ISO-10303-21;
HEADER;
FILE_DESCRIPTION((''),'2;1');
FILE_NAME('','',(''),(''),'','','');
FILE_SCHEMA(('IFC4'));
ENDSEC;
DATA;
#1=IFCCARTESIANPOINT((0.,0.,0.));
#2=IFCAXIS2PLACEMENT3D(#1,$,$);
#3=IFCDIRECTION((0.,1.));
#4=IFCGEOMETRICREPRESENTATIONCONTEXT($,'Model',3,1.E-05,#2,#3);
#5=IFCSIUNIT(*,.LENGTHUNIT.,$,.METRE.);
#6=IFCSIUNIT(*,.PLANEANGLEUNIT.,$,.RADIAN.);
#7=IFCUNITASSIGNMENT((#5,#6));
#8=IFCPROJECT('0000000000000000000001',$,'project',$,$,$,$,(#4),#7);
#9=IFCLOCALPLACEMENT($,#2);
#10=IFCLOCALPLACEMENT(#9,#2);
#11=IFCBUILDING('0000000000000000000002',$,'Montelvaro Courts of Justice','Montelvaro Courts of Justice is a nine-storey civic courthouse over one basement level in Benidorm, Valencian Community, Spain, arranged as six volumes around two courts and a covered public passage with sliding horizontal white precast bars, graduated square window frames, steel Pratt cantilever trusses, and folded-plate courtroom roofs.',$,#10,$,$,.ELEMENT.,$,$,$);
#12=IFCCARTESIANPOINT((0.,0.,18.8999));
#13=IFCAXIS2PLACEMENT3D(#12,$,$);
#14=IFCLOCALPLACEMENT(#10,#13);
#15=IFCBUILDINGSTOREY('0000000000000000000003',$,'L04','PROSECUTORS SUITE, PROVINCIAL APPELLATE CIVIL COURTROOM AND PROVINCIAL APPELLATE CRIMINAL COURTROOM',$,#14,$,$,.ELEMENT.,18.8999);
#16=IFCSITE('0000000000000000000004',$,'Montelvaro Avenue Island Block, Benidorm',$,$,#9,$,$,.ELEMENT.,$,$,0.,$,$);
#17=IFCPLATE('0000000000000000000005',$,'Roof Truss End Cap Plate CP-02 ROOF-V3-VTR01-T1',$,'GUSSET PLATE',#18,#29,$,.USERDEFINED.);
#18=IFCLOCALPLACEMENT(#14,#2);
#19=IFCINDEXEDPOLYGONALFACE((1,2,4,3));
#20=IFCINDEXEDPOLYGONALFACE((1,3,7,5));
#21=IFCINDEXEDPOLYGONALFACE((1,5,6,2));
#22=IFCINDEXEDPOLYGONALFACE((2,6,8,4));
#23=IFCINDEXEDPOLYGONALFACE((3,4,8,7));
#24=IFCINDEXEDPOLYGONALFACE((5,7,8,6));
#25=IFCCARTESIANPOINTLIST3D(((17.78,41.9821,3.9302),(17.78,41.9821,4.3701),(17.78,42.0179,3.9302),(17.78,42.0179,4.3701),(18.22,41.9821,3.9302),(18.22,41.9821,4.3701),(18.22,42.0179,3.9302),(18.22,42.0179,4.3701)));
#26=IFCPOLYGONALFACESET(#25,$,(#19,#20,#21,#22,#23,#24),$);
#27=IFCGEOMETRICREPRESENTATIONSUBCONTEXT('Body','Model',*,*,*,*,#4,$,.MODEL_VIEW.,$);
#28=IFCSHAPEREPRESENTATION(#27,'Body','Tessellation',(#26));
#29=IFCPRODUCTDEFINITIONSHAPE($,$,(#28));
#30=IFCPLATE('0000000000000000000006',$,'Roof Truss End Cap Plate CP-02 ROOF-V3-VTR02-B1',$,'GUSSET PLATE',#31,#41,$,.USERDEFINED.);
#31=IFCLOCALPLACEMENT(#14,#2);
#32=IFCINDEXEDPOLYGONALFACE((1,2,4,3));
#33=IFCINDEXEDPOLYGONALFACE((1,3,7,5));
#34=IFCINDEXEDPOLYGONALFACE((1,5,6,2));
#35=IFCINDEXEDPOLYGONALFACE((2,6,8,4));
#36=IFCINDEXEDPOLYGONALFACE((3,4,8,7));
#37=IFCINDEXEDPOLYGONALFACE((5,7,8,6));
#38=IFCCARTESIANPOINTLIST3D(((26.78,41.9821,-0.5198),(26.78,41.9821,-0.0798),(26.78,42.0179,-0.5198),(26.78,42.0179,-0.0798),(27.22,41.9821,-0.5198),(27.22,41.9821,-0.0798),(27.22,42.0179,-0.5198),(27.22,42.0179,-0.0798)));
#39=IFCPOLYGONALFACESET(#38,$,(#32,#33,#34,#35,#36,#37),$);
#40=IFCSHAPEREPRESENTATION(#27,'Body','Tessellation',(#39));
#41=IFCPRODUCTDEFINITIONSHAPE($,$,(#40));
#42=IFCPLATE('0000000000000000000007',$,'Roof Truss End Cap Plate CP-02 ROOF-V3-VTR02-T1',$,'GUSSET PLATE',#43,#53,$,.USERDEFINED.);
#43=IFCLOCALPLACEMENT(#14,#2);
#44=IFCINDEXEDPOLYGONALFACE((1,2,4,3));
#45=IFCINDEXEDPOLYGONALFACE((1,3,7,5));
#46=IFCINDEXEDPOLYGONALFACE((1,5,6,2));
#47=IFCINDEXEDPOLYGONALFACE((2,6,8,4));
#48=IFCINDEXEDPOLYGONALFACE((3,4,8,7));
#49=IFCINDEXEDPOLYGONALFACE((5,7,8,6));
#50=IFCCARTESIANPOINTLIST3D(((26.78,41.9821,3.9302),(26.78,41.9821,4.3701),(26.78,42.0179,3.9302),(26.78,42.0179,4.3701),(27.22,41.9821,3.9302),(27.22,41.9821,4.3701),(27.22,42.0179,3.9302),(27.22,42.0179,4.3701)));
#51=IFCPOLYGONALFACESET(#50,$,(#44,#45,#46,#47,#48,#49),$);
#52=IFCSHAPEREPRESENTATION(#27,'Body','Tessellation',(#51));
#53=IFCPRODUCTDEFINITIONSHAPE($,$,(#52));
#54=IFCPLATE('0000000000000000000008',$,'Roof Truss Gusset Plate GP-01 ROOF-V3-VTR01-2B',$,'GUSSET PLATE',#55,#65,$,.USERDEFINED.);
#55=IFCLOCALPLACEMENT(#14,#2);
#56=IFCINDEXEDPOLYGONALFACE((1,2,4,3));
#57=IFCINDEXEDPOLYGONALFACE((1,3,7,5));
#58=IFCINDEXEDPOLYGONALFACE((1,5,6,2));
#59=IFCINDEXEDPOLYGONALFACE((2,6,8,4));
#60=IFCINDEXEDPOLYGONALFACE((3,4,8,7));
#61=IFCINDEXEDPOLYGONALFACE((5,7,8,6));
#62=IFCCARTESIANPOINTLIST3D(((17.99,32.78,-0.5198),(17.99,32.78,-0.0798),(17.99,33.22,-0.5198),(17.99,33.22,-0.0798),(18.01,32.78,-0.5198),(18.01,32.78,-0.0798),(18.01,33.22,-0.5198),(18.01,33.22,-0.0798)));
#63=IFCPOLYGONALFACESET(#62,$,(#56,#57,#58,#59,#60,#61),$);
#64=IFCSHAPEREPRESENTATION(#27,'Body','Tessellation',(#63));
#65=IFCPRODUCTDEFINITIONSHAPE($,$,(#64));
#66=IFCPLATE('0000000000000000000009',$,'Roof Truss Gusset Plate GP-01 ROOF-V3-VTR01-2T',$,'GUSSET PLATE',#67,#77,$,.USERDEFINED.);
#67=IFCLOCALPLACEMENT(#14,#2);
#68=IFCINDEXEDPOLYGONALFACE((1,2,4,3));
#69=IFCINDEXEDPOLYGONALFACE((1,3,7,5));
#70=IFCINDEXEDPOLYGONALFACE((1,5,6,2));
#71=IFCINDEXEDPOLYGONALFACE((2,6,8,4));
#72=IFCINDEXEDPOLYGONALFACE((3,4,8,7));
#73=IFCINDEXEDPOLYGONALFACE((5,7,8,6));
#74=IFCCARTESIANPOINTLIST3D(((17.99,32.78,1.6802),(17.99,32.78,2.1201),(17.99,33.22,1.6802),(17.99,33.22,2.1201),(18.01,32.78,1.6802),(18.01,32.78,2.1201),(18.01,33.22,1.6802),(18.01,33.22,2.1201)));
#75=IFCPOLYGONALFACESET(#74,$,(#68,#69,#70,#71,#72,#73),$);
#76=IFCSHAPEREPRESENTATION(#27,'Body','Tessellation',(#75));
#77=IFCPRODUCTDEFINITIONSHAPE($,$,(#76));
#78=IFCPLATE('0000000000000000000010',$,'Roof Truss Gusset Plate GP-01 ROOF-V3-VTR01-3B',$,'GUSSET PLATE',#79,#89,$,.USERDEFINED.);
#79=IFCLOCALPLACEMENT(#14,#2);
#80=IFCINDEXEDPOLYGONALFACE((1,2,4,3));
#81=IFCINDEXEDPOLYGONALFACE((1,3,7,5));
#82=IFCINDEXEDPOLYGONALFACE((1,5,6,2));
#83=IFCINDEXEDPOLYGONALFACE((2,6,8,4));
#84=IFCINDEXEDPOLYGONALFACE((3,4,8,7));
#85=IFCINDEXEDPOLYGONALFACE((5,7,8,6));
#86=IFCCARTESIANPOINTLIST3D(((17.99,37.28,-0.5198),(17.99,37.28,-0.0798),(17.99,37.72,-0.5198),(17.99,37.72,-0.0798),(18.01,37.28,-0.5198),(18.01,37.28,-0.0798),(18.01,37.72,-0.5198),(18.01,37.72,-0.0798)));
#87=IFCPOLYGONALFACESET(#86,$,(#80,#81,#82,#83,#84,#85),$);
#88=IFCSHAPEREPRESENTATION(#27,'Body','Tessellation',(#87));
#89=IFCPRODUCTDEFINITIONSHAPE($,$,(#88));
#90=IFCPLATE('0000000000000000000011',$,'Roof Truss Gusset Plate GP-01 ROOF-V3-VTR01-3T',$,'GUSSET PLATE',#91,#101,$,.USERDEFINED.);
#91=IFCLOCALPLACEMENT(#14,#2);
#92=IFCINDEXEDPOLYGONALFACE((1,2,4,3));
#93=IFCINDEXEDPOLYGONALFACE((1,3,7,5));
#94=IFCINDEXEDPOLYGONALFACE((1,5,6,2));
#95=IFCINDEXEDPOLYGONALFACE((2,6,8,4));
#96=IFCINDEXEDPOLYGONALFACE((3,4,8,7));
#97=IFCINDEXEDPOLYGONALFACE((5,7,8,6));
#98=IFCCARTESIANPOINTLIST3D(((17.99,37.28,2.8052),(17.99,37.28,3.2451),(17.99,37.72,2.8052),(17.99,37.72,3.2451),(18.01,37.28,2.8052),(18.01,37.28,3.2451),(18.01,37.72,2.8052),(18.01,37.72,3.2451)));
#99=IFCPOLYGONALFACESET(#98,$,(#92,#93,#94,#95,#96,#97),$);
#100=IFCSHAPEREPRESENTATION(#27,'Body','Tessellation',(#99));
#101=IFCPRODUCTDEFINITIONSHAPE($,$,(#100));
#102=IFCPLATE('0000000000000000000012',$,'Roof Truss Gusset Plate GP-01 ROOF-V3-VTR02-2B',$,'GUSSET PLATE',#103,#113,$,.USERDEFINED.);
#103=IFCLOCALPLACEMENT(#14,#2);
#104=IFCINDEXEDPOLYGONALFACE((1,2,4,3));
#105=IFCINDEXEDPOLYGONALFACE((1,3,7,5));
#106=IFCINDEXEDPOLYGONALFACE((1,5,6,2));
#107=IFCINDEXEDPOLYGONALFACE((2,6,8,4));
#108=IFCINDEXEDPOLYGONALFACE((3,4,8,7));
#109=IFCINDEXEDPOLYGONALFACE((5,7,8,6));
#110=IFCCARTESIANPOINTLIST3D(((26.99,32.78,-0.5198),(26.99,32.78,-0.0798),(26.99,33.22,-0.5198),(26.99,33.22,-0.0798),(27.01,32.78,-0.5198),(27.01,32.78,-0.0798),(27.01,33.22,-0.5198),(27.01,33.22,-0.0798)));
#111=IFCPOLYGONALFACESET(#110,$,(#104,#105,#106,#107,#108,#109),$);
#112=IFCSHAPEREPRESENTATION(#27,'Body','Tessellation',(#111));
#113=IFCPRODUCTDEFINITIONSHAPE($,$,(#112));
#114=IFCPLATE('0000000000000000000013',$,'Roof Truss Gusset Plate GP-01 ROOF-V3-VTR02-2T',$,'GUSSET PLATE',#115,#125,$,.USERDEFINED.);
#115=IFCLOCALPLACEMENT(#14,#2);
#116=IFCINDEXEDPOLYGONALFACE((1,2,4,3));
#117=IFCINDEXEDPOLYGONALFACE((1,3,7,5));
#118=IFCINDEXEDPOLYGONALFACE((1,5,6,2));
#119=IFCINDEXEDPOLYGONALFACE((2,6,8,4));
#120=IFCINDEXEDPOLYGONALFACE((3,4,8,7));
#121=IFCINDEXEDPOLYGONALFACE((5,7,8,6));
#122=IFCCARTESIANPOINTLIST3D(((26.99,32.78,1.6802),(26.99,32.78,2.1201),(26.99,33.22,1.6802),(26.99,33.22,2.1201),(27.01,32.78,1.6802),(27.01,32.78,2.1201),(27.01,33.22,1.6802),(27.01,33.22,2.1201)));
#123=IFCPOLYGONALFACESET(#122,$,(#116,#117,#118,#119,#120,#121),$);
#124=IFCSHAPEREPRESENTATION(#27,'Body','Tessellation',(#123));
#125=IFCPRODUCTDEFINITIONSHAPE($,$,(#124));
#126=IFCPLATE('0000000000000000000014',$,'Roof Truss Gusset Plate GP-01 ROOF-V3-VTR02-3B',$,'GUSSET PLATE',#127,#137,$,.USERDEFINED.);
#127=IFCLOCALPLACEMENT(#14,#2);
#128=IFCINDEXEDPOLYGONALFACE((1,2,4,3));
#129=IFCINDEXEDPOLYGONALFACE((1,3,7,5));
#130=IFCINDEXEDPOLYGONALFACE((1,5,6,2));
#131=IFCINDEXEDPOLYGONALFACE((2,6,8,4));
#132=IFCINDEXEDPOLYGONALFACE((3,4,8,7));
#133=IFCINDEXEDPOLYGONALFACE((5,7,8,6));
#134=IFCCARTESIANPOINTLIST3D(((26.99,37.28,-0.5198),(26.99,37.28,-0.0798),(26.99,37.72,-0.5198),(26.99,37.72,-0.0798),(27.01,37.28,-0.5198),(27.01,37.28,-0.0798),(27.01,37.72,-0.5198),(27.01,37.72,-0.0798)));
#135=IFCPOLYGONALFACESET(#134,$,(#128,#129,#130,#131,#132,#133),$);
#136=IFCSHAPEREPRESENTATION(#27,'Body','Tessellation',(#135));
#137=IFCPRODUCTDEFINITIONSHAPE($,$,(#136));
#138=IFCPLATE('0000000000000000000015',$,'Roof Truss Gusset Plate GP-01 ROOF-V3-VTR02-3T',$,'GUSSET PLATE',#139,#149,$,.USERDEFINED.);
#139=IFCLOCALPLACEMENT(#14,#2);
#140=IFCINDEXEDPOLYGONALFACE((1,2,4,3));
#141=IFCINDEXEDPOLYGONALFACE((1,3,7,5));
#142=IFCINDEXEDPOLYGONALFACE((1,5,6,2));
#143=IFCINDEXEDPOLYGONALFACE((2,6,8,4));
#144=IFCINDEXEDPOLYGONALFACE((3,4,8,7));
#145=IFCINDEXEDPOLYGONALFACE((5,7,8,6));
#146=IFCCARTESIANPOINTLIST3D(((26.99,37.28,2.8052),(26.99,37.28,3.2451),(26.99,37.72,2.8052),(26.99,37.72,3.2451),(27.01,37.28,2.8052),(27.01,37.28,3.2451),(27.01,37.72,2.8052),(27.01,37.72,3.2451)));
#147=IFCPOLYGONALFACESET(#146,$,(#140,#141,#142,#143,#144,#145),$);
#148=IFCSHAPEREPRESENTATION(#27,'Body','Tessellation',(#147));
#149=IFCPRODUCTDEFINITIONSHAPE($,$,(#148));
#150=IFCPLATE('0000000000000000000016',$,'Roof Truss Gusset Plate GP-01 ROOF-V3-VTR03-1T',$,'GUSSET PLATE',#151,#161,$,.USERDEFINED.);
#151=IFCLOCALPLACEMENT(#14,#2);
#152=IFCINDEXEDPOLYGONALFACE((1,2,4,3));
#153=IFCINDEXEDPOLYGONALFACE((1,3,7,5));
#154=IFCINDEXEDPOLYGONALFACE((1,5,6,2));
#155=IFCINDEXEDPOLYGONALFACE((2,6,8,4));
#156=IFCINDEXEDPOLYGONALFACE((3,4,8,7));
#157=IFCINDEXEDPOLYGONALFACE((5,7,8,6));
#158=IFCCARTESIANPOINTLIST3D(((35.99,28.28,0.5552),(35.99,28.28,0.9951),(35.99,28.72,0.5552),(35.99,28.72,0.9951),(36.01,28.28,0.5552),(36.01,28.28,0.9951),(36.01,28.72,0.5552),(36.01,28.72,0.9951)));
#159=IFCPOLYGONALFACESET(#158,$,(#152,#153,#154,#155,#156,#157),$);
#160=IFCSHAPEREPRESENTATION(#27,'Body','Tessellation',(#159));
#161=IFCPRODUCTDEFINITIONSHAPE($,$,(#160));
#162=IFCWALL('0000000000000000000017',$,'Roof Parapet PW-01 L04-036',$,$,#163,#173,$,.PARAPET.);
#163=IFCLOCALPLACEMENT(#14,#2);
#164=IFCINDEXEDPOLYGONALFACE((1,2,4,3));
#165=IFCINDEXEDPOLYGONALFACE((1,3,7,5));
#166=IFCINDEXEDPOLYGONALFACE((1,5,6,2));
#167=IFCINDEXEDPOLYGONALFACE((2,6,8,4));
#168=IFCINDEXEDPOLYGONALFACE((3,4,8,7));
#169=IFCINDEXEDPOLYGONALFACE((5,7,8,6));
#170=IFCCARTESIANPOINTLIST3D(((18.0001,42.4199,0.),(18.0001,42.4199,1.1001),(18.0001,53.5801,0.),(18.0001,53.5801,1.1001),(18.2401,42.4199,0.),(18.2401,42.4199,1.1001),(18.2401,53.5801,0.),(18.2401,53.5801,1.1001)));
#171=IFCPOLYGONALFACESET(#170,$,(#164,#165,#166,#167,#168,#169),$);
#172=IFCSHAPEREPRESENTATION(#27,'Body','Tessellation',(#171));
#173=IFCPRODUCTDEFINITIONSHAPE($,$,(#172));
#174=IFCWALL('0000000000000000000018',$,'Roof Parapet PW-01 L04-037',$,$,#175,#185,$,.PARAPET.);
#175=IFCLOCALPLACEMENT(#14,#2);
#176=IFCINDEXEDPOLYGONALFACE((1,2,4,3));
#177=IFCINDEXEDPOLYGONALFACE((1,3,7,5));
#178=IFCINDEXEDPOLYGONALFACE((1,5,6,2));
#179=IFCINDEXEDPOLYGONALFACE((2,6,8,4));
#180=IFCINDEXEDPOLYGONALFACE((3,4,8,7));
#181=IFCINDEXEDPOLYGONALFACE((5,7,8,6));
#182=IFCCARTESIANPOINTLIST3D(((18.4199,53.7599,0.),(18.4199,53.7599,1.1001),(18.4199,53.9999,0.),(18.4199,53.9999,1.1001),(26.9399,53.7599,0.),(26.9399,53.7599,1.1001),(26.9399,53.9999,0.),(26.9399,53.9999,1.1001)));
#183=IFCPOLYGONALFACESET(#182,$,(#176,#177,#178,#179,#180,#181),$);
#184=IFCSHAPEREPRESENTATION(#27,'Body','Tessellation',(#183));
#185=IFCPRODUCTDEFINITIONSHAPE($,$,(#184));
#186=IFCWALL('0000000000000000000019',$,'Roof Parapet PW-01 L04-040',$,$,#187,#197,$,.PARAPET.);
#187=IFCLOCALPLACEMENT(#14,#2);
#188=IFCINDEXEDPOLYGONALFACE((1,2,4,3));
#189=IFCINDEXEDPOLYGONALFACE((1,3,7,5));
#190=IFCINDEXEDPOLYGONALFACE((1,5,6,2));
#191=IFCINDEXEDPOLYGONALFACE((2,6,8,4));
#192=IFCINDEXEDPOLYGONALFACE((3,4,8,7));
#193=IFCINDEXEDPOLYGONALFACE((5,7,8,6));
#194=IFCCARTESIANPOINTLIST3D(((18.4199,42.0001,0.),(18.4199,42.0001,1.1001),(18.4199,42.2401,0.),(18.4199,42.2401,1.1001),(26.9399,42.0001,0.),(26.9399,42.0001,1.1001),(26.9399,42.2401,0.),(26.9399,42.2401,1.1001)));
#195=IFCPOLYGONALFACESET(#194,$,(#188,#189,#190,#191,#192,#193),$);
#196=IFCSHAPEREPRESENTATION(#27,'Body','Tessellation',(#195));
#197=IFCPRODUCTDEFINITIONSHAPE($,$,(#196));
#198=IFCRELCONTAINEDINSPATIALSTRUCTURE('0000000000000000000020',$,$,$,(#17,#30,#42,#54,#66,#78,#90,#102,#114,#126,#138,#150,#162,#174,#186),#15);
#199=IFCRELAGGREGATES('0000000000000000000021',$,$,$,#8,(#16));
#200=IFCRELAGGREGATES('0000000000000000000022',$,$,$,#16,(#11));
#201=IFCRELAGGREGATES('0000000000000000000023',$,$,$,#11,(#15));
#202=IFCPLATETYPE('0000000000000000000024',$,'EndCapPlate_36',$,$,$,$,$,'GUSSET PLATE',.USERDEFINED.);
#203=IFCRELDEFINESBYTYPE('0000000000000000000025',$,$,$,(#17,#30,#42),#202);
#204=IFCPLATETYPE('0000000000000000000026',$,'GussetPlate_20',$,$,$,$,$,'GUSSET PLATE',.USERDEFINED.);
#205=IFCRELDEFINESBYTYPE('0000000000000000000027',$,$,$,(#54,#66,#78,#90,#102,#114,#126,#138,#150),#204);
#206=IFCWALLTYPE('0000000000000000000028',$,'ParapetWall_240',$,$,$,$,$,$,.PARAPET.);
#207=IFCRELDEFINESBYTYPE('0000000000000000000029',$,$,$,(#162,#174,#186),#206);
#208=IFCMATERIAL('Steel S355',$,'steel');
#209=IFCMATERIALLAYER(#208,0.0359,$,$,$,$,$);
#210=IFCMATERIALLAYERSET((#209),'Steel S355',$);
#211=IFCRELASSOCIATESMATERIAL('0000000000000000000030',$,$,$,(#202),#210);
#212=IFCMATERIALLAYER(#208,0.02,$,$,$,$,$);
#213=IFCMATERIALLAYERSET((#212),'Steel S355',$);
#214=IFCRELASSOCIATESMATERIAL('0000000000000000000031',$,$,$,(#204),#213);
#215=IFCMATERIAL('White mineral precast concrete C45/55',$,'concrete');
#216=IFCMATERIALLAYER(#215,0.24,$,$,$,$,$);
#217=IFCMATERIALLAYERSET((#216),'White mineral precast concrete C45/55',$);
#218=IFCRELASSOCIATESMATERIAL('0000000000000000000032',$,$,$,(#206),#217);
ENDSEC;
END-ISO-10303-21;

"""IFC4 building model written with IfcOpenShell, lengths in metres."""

from ifc_helpers import new_model, si_unit, direction, frame, frame_2d, origin, origin_2d, place, context, subcontext, project, spatial, rectangle, extrude, material, layer, layer_set, type_object, element, save


model = new_model("IFC4")

# Units and contexts
model_context = context("Model", 3, precision=1e-05, world=origin(), true_north=direction((0.0, 1.0)))
body_context = subcontext(model_context, "Body", "Model", "MODEL_VIEW")
ifc_project = project(units=[si_unit("LENGTHUNIT", "METRE"), si_unit("PLANEANGLEUNIT", "RADIAN")], contexts=[model_context])

# Site, building, storey
site_placement = place(None, origin())
site = spatial("IfcSite", under=ifc_project, at=site_placement, Name="Montelvaro Avenue Island Block, Benidorm", CompositionType="ELEMENT", RefElevation=0.0)
building_placement = place(site_placement, origin())
building = spatial("IfcBuilding", under=site, at=building_placement, Name="Montelvaro Courts of Justice", Description="Montelvaro Courts of Justice is a nine-storey civic courthouse over one basement level in Benidorm, Valencian Community, Spain, arranged as six volumes around two courts and a covered public passage with sliding horizontal white precast bars, graduated square window frames, steel Pratt cantilever trusses, and folded-plate courtroom roofs.", CompositionType="ELEMENT")
storey_placement = place(building_placement, frame((0.0, 0.0, 18.8999)))
storey = spatial("IfcBuildingStorey", under=building, at=storey_placement, Name="L04", Description="PROSECUTORS SUITE, PROVINCIAL APPELLATE CIVIL COURTROOM AND PROVINCIAL APPELLATE CRIMINAL COURTROOM", CompositionType="ELEMENT", Elevation=18.8999)

# Shared definitions
ifc_material_1 = material(Name="Steel S355", Category="steel")

# Plates
ifc_layer_1 = layer(ifc_material_1, 0.0359)
ifc_layer_set_1 = layer_set([ifc_layer_1], Name="Steel S355")
plate_type_1 = type_object("IfcPlateType", Name="EndCapPlate_36", ElementType="GUSSET PLATE", PredefinedType="USERDEFINED", material=ifc_layer_set_1)
for number, where, z_axis, x_axis, name in (
    (1, (18.0, 42.0, 3.9302), (0.0, 0.0, 1.0), (1.0, 0.0, 0.0), "Roof Truss End Cap Plate CP-02 ROOF-V3-VTR01-T1"),
    (2, (27.0, 42.0, -0.5198), (0.0, 0.0, 1.0), (1.0, 0.0, 0.0), "Roof Truss End Cap Plate CP-02 ROOF-V3-VTR02-B1"),
    (3, (27.0, 42.0, 3.9302), (0.0, 0.0, 1.0), (1.0, 0.0, 0.0), "Roof Truss End Cap Plate CP-02 ROOF-V3-VTR02-T1"),
):
    element("IfcPlate", number, at=place(storey_placement, frame(where, z_axis=z_axis, x_axis=x_axis)), inside=storey, type_object=plate_type_1, Name=name, ObjectType="GUSSET PLATE", PredefinedType="USERDEFINED", context=body_context, shape_type="SweptSolid", body=[
        extrude(rectangle(XDim=0.4399, YDim=0.0359, at=origin_2d()), origin(), (0.0, 0.0, 1.0), 0.4399),
    ])
ifc_layer_2 = layer(ifc_material_1, 0.02)
ifc_layer_set_2 = layer_set([ifc_layer_2], Name="Steel S355")
plate_type_2 = type_object("IfcPlateType", Name="GussetPlate_20", ElementType="GUSSET PLATE", PredefinedType="USERDEFINED", material=ifc_layer_set_2)
for number, where, z_axis, x_axis, name in (
    (4, (18.0, 33.0, -0.5198), (0.0, 0.0, 1.0), (1.0, 0.0, 0.0), "Roof Truss Gusset Plate GP-01 ROOF-V3-VTR01-2B"),
    (5, (18.0, 33.0, 1.6802), (0.0, 0.0, 1.0), (1.0, 0.0, 0.0), "Roof Truss Gusset Plate GP-01 ROOF-V3-VTR01-2T"),
    (6, (18.0, 37.5, -0.5198), (0.0, 0.0, 1.0), (1.0, 0.0, 0.0), "Roof Truss Gusset Plate GP-01 ROOF-V3-VTR01-3B"),
    (7, (18.0, 37.5, 2.8052), (0.0, 0.0, 1.0), (1.0, 0.0, 0.0), "Roof Truss Gusset Plate GP-01 ROOF-V3-VTR01-3T"),
    (8, (27.0, 33.0, -0.5198), (0.0, 0.0, 1.0), (1.0, 0.0, 0.0), "Roof Truss Gusset Plate GP-01 ROOF-V3-VTR02-2B"),
    (9, (27.0, 33.0, 1.6802), (0.0, 0.0, 1.0), (1.0, 0.0, 0.0), "Roof Truss Gusset Plate GP-01 ROOF-V3-VTR02-2T"),
    (10, (27.0, 37.5, -0.5198), (0.0, 0.0, 1.0), (1.0, 0.0, 0.0), "Roof Truss Gusset Plate GP-01 ROOF-V3-VTR02-3B"),
    (11, (27.0, 37.5, 2.8052), (0.0, 0.0, 1.0), (1.0, 0.0, 0.0), "Roof Truss Gusset Plate GP-01 ROOF-V3-VTR02-3T"),
    (12, (36.0, 28.5, 0.5552), (0.0, 0.0, 1.0), (1.0, 0.0, 0.0), "Roof Truss Gusset Plate GP-01 ROOF-V3-VTR03-1T"),
):
    element("IfcPlate", number, at=place(storey_placement, frame(where, z_axis=z_axis, x_axis=x_axis)), inside=storey, type_object=plate_type_2, Name=name, ObjectType="GUSSET PLATE", PredefinedType="USERDEFINED", context=body_context, shape_type="SweptSolid", body=[
        extrude(rectangle(XDim=0.02, YDim=0.4399, at=origin_2d()), origin(), (0.0, 0.0, 1.0), 0.4399),
    ])

# Walls
ifc_material_2 = material(Name="White mineral precast concrete C45/55", Category="concrete")
ifc_layer_3 = layer(ifc_material_2, 0.24)
ifc_layer_set_3 = layer_set([ifc_layer_3], Name="White mineral precast concrete C45/55")
wall_type = type_object("IfcWallType", Name="ParapetWall_240", PredefinedType="PARAPET", material=ifc_layer_set_3)
wall_placement = place(storey_placement, frame((18.1201, 42.4199, 0.0), z_axis=(0.0, 0.0, 1.0), x_axis=(0.0, 1.0, 0.0)))
element("IfcWall", 13, at=wall_placement, inside=storey, type_object=wall_type, Name="Roof Parapet PW-01 L04-036", PredefinedType="PARAPET", context=body_context, shape_type="SweptSolid", body=[
    extrude(rectangle(XDim=11.1602, YDim=0.24, at=frame_2d((5.5801, 0.0))), origin(), (0.0, 0.0, 1.0), 1.1001),
])
for number, where, z_axis, x_axis, name in (
    (14, (18.4199, 53.8799, 0.0), (0.0, 0.0, 1.0), (1.0, 0.0, 0.0), "Roof Parapet PW-01 L04-037"),
    (15, (18.4199, 42.1201, 0.0), (0.0, 0.0, 1.0), (1.0, 0.0, 0.0), "Roof Parapet PW-01 L04-040"),
):
    element("IfcWall", number, at=place(storey_placement, frame(where, z_axis=z_axis, x_axis=x_axis)), inside=storey, type_object=wall_type, Name=name, PredefinedType="PARAPET", context=body_context, shape_type="SweptSolid", body=[
        extrude(rectangle(XDim=8.52, YDim=0.24, at=frame_2d((4.26, 0.0))), origin(), (0.0, 0.0, 1.0), 1.1001),
    ])

save(model, "model.ifc")
